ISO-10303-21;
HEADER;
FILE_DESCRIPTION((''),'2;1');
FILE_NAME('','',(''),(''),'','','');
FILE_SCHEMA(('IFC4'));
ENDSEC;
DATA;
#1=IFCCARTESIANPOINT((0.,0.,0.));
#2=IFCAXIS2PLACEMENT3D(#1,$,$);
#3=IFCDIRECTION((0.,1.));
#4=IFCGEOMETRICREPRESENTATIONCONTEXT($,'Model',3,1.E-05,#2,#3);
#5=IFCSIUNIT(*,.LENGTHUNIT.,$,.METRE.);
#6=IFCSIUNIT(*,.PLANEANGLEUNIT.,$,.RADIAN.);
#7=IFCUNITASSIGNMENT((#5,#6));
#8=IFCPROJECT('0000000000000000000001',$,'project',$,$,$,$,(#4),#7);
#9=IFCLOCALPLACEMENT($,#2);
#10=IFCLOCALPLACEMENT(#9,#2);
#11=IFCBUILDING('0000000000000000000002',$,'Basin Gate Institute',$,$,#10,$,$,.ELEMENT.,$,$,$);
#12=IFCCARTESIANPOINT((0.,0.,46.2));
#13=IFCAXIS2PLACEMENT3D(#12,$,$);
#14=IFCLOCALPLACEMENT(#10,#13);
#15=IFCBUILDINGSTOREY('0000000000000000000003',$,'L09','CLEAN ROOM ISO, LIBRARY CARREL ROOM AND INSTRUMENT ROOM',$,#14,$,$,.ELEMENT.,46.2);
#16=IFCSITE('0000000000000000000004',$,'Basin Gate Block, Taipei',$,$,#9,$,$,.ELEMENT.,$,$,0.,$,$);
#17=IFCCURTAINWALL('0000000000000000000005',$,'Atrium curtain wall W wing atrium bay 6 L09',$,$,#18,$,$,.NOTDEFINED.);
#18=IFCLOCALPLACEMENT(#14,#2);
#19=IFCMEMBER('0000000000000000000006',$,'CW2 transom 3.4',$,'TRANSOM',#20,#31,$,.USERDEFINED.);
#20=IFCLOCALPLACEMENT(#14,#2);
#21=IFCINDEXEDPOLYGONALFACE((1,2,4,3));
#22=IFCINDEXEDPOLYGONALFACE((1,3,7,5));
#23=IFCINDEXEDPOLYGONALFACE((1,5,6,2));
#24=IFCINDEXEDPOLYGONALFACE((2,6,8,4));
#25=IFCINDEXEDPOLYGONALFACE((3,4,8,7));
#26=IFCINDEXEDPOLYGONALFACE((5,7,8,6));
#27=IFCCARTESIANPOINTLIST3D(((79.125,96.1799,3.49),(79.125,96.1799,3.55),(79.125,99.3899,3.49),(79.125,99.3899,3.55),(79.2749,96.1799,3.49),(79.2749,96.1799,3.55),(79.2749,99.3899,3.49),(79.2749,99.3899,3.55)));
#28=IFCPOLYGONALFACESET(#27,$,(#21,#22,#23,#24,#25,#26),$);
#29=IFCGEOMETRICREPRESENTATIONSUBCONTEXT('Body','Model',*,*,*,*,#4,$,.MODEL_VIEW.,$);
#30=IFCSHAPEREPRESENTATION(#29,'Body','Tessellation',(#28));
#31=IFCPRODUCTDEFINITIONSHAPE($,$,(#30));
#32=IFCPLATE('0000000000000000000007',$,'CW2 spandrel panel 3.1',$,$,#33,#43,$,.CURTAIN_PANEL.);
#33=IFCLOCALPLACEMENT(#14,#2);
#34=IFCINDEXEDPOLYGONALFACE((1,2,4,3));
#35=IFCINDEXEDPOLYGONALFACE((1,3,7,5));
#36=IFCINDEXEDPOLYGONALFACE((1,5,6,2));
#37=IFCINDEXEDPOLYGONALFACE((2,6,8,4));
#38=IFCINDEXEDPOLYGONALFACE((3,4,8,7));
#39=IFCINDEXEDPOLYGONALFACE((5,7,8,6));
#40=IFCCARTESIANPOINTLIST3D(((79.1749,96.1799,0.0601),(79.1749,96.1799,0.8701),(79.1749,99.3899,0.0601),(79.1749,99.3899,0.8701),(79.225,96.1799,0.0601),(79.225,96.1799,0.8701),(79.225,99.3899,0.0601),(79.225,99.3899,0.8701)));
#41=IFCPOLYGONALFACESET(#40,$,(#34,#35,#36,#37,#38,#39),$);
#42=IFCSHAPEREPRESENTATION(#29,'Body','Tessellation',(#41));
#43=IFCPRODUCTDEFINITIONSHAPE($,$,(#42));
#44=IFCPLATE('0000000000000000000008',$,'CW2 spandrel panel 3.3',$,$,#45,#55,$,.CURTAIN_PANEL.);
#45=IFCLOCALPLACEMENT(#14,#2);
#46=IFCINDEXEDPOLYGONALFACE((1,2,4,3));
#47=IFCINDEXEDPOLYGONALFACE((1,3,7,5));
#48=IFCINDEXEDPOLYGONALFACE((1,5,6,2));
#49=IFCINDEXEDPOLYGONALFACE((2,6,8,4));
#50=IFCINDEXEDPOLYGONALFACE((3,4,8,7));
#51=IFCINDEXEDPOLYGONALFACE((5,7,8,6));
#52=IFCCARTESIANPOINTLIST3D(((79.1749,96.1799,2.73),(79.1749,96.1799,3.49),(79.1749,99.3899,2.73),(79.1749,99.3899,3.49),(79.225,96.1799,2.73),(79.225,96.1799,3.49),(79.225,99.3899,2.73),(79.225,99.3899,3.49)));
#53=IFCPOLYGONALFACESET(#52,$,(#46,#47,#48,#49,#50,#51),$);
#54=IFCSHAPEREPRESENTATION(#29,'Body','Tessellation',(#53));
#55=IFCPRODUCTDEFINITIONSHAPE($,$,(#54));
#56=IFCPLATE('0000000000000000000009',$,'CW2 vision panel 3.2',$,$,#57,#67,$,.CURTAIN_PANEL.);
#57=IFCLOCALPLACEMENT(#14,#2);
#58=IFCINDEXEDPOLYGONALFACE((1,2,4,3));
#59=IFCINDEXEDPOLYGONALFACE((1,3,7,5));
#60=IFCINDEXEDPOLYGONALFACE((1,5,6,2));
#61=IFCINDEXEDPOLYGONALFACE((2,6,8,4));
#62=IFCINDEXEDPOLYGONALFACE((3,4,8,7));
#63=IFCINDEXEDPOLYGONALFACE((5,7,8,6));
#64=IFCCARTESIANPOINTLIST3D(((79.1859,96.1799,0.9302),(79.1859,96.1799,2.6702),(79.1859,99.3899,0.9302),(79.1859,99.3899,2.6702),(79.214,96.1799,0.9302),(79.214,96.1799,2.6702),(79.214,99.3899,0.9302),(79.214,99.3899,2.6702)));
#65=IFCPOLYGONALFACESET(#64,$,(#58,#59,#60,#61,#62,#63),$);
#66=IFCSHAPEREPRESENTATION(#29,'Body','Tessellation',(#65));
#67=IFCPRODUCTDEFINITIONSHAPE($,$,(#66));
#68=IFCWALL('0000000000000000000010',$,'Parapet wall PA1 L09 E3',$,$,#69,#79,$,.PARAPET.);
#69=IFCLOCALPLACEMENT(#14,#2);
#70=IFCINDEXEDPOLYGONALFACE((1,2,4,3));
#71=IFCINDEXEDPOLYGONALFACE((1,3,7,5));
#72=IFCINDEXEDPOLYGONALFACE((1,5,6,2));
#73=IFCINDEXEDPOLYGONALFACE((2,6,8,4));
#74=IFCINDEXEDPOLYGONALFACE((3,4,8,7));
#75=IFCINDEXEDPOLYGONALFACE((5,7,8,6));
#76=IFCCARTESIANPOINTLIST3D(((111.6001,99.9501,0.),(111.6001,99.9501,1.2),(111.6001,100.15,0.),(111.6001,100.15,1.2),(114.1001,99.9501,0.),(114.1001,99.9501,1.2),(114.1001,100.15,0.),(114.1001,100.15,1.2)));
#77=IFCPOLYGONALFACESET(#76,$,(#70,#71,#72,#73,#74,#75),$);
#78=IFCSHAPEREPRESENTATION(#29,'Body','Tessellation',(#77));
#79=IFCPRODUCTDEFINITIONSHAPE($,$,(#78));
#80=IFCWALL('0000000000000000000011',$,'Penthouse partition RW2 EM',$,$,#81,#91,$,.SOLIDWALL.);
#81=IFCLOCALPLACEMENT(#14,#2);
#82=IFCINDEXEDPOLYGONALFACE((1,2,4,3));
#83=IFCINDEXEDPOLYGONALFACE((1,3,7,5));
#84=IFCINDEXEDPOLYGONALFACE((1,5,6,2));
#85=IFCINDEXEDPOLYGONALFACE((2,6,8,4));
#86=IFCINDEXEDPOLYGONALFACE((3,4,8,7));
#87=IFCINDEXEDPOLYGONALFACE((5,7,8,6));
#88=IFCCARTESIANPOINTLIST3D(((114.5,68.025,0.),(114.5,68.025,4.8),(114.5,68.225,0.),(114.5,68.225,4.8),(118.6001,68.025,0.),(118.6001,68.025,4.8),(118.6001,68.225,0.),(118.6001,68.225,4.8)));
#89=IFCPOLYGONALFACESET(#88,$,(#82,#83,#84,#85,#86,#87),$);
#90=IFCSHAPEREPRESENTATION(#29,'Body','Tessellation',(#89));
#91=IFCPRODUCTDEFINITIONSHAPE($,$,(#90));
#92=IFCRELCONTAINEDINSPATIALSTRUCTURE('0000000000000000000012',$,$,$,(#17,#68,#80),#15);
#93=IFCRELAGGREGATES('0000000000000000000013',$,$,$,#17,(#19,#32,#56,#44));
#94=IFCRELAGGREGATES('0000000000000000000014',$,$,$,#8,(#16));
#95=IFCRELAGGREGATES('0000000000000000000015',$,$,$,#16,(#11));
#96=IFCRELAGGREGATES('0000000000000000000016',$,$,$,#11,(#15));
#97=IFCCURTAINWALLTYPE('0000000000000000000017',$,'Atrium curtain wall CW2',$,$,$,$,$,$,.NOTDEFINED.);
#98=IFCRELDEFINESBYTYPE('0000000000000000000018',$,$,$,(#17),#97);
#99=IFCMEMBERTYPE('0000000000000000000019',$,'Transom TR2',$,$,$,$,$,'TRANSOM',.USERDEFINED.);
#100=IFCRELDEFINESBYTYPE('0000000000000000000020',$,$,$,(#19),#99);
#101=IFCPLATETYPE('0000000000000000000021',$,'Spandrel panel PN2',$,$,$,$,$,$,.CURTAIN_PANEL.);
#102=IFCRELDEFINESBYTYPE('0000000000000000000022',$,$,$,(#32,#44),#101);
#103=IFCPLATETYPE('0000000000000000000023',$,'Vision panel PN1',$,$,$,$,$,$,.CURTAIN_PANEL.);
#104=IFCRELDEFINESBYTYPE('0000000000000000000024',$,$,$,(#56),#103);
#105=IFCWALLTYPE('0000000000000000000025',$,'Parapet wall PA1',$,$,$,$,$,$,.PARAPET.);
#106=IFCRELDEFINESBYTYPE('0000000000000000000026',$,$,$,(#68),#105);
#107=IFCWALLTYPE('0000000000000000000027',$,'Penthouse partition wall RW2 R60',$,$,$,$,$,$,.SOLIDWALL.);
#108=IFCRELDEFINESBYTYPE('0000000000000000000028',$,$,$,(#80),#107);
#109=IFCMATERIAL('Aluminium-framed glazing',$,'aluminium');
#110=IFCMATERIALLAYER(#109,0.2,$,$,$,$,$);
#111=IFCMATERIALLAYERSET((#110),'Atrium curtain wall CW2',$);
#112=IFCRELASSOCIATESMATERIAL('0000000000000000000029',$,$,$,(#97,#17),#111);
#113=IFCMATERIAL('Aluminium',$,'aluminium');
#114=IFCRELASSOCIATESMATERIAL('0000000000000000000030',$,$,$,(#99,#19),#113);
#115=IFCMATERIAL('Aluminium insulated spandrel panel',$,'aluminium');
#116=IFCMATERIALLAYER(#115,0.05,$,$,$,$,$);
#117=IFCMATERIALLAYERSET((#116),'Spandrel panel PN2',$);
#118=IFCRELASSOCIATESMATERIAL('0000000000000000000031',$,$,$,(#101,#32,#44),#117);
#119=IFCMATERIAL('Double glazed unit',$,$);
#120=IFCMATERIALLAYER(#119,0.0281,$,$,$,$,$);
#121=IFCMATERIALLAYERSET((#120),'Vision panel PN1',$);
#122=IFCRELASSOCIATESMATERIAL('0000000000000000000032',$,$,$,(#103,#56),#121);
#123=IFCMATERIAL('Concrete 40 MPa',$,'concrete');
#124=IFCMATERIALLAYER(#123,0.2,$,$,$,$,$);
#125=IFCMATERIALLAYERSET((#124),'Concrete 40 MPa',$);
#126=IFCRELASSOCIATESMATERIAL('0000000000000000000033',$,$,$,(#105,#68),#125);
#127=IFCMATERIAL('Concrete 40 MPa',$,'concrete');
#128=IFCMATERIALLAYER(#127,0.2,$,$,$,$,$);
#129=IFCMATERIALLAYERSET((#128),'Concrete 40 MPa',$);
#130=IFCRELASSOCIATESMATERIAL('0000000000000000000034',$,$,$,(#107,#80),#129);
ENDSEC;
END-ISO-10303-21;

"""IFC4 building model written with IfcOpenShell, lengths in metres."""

from ifc_helpers import new_model, si_unit, direction, frame, frame_2d, origin, origin_2d, place, context, subcontext, project, spatial, rectangle, extrude, material, layer, layer_set, material_profile, profile_set, type_object, element, aggregate, save


model = new_model("IFC4")

# Units and contexts
model_context = context("Model", 3, precision=1e-05, world=origin(), true_north=direction((0.0, 1.0)))
body_context = subcontext(model_context, "Body", "Model", "MODEL_VIEW")
ifc_project = project(units=[si_unit("LENGTHUNIT", "METRE"), si_unit("PLANEANGLEUNIT", "RADIAN")], contexts=[model_context])

# Site, building, storey
site_placement = place(None, origin())
site = spatial("IfcSite", under=ifc_project, at=site_placement, Name="Basin Gate Block, Taipei", CompositionType="ELEMENT", RefElevation=0.0)
building_placement = place(site_placement, origin())
building = spatial("IfcBuilding", under=site, at=building_placement, Name="Basin Gate Institute", CompositionType="ELEMENT")
storey_placement = place(building_placement, frame((0.0, 0.0, 46.2)))
storey = spatial("IfcBuildingStorey", under=building, at=storey_placement, Name="L09", Description="CLEAN ROOM ISO, LIBRARY CARREL ROOM AND INSTRUMENT ROOM", CompositionType="ELEMENT", Elevation=46.2)

# Curtain wall, member, plates
ifc_material_1 = material(Name="Aluminium-framed glazing", Category="aluminium")
ifc_layer_1 = layer(ifc_material_1, 0.2)
ifc_layer_set_1 = layer_set([ifc_layer_1], Name="Atrium curtain wall CW2")
curtain_wall_type = type_object("IfcCurtainWallType", Name="Atrium curtain wall CW2", PredefinedType="NOTDEFINED", material=ifc_layer_set_1)
curtain_wall_placement = place(storey_placement, origin())
curtain_wall = element("IfcCurtainWall", 1, at=curtain_wall_placement, inside=storey, type_object=curtain_wall_type, material=ifc_layer_set_1, Name="Atrium curtain wall W wing atrium bay 6 L09", PredefinedType="NOTDEFINED")
ifc_material_2 = material(Name="Aluminium", Category="aluminium")
ifc_material_profile_1 = material_profile(ifc_material_2, rectangle(XDim=0.1499, YDim=0.0601, at=origin_2d()), Name="Transom TR2 150 x 60")
ifc_profile_set_1 = profile_set([ifc_material_profile_1], Name="Aluminium")
member_type_1 = type_object("IfcMemberType", Name="Transom TR2", ElementType="TRANSOM", PredefinedType="USERDEFINED", material=ifc_profile_set_1)
member_1_placement = place(storey_placement, frame((79.2, 96.1799, 3.52), z_axis=(0.0, 1.0, 0.0), x_axis=(-1.0, 0.0, 0.0)))
member_1 = element("IfcMember", 2, at=member_1_placement, type_object=member_type_1, material=ifc_profile_set_1, Name="CW2 transom 3.4", ObjectType="TRANSOM", PredefinedType="USERDEFINED", context=body_context, shape_type="SweptSolid", body=[
    extrude(rectangle(XDim=0.1499, YDim=0.0601, at=origin_2d()), origin(), (0.0, 0.0, 1.0), 3.21),
])
ifc_material_3 = material(Name="Aluminium insulated spandrel panel", Category="aluminium")
ifc_layer_2 = layer(ifc_material_3, 0.05)
ifc_layer_set_2 = layer_set([ifc_layer_2], Name="Spandrel panel PN2")
plate_type_1 = type_object("IfcPlateType", Name="Spandrel panel PN2", PredefinedType="CURTAIN_PANEL", material=ifc_layer_set_2)
plate_1_placement = place(storey_placement, frame((79.2, 97.7849, 0.0601), z_axis=(0.0, 0.0, 1.0), x_axis=(0.0, 1.0, 0.0)))
plate_1 = element("IfcPlate", 3, at=plate_1_placement, type_object=plate_type_1, material=ifc_layer_set_2, Name="CW2 spandrel panel 3.1", PredefinedType="CURTAIN_PANEL", context=body_context, shape_type="SweptSolid", body=[
    extrude(rectangle(XDim=3.21, YDim=0.05, at=origin_2d()), origin(), (0.0, 0.0, 1.0), 0.8101),
])
plate_2_placement = place(storey_placement, frame((79.2, 97.7849, 2.73), z_axis=(0.0, 0.0, 1.0), x_axis=(0.0, 1.0, 0.0)))
plate_2 = element("IfcPlate", 4, at=plate_2_placement, type_object=plate_type_1, material=ifc_layer_set_2, Name="CW2 spandrel panel 3.3", PredefinedType="CURTAIN_PANEL", context=body_context, shape_type="SweptSolid", body=[
    extrude(rectangle(XDim=3.21, YDim=0.05, at=origin_2d()), origin(), (0.0, 0.0, 1.0), 0.76),
])
ifc_material_4 = material(Name="Double glazed unit")
ifc_layer_3 = layer(ifc_material_4, 0.0281)
ifc_layer_set_3 = layer_set([ifc_layer_3], Name="Vision panel PN1")
plate_type_2 = type_object("IfcPlateType", Name="Vision panel PN1", PredefinedType="CURTAIN_PANEL", material=ifc_layer_set_3)
plate_3_placement = place(storey_placement, frame((79.2, 97.7849, 0.9302), z_axis=(0.0, 0.0, 1.0), x_axis=(0.0, 1.0, 0.0)))
plate_3 = element("IfcPlate", 5, at=plate_3_placement, type_object=plate_type_2, material=ifc_layer_set_3, Name="CW2 vision panel 3.2", PredefinedType="CURTAIN_PANEL", context=body_context, shape_type="SweptSolid", body=[
    extrude(rectangle(XDim=3.21, YDim=0.0281, at=origin_2d()), origin(), (0.0, 0.0, 1.0), 1.74),
])
aggregate(curtain_wall, [member_1, plate_1, plate_3, plate_2])

# Walls
ifc_material_5 = material(Name="Concrete 40 MPa", Category="concrete")
ifc_layer_4 = layer(ifc_material_5, 0.2)
ifc_layer_set_4 = layer_set([ifc_layer_4], Name="Concrete 40 MPa")
wall_type_1 = type_object("IfcWallType", Name="Parapet wall PA1", PredefinedType="PARAPET", material=ifc_layer_set_4)
wall_1_placement = place(storey_placement, frame((111.6001, 100.05, 0.0), z_axis=(0.0, 0.0, 1.0), x_axis=(1.0, 0.0, 0.0)))
element("IfcWall", 6, at=wall_1_placement, inside=storey, type_object=wall_type_1, material=ifc_layer_set_4, Name="Parapet wall PA1 L09 E3", PredefinedType="PARAPET", context=body_context, shape_type="SweptSolid", body=[
    extrude(rectangle(XDim=2.5, YDim=0.2, at=frame_2d((1.25, 0.0))), origin(), (0.0, 0.0, 1.0), 1.2),
])
ifc_material_6 = material(Name="Concrete 40 MPa", Category="concrete")
ifc_layer_5 = layer(ifc_material_6, 0.2)
ifc_layer_set_5 = layer_set([ifc_layer_5], Name="Concrete 40 MPa")
wall_type_2 = type_object("IfcWallType", Name="Penthouse partition wall RW2 R60", PredefinedType="SOLIDWALL", material=ifc_layer_set_5)
wall_2_placement = place(storey_placement, frame((114.5, 68.125, 0.0), z_axis=(0.0, 0.0, 1.0), x_axis=(1.0, 0.0, 0.0)))
element("IfcWall", 7, at=wall_2_placement, inside=storey, type_object=wall_type_2, material=ifc_layer_set_5, Name="Penthouse partition RW2 EM", PredefinedType="SOLIDWALL", context=body_context, shape_type="SweptSolid", body=[
    extrude(rectangle(XDim=4.1001, YDim=0.2, at=frame_2d((2.05, 0.0))), origin(), (0.0, 0.0, 1.0), 4.8),
])

save(model, "model.ifc")
